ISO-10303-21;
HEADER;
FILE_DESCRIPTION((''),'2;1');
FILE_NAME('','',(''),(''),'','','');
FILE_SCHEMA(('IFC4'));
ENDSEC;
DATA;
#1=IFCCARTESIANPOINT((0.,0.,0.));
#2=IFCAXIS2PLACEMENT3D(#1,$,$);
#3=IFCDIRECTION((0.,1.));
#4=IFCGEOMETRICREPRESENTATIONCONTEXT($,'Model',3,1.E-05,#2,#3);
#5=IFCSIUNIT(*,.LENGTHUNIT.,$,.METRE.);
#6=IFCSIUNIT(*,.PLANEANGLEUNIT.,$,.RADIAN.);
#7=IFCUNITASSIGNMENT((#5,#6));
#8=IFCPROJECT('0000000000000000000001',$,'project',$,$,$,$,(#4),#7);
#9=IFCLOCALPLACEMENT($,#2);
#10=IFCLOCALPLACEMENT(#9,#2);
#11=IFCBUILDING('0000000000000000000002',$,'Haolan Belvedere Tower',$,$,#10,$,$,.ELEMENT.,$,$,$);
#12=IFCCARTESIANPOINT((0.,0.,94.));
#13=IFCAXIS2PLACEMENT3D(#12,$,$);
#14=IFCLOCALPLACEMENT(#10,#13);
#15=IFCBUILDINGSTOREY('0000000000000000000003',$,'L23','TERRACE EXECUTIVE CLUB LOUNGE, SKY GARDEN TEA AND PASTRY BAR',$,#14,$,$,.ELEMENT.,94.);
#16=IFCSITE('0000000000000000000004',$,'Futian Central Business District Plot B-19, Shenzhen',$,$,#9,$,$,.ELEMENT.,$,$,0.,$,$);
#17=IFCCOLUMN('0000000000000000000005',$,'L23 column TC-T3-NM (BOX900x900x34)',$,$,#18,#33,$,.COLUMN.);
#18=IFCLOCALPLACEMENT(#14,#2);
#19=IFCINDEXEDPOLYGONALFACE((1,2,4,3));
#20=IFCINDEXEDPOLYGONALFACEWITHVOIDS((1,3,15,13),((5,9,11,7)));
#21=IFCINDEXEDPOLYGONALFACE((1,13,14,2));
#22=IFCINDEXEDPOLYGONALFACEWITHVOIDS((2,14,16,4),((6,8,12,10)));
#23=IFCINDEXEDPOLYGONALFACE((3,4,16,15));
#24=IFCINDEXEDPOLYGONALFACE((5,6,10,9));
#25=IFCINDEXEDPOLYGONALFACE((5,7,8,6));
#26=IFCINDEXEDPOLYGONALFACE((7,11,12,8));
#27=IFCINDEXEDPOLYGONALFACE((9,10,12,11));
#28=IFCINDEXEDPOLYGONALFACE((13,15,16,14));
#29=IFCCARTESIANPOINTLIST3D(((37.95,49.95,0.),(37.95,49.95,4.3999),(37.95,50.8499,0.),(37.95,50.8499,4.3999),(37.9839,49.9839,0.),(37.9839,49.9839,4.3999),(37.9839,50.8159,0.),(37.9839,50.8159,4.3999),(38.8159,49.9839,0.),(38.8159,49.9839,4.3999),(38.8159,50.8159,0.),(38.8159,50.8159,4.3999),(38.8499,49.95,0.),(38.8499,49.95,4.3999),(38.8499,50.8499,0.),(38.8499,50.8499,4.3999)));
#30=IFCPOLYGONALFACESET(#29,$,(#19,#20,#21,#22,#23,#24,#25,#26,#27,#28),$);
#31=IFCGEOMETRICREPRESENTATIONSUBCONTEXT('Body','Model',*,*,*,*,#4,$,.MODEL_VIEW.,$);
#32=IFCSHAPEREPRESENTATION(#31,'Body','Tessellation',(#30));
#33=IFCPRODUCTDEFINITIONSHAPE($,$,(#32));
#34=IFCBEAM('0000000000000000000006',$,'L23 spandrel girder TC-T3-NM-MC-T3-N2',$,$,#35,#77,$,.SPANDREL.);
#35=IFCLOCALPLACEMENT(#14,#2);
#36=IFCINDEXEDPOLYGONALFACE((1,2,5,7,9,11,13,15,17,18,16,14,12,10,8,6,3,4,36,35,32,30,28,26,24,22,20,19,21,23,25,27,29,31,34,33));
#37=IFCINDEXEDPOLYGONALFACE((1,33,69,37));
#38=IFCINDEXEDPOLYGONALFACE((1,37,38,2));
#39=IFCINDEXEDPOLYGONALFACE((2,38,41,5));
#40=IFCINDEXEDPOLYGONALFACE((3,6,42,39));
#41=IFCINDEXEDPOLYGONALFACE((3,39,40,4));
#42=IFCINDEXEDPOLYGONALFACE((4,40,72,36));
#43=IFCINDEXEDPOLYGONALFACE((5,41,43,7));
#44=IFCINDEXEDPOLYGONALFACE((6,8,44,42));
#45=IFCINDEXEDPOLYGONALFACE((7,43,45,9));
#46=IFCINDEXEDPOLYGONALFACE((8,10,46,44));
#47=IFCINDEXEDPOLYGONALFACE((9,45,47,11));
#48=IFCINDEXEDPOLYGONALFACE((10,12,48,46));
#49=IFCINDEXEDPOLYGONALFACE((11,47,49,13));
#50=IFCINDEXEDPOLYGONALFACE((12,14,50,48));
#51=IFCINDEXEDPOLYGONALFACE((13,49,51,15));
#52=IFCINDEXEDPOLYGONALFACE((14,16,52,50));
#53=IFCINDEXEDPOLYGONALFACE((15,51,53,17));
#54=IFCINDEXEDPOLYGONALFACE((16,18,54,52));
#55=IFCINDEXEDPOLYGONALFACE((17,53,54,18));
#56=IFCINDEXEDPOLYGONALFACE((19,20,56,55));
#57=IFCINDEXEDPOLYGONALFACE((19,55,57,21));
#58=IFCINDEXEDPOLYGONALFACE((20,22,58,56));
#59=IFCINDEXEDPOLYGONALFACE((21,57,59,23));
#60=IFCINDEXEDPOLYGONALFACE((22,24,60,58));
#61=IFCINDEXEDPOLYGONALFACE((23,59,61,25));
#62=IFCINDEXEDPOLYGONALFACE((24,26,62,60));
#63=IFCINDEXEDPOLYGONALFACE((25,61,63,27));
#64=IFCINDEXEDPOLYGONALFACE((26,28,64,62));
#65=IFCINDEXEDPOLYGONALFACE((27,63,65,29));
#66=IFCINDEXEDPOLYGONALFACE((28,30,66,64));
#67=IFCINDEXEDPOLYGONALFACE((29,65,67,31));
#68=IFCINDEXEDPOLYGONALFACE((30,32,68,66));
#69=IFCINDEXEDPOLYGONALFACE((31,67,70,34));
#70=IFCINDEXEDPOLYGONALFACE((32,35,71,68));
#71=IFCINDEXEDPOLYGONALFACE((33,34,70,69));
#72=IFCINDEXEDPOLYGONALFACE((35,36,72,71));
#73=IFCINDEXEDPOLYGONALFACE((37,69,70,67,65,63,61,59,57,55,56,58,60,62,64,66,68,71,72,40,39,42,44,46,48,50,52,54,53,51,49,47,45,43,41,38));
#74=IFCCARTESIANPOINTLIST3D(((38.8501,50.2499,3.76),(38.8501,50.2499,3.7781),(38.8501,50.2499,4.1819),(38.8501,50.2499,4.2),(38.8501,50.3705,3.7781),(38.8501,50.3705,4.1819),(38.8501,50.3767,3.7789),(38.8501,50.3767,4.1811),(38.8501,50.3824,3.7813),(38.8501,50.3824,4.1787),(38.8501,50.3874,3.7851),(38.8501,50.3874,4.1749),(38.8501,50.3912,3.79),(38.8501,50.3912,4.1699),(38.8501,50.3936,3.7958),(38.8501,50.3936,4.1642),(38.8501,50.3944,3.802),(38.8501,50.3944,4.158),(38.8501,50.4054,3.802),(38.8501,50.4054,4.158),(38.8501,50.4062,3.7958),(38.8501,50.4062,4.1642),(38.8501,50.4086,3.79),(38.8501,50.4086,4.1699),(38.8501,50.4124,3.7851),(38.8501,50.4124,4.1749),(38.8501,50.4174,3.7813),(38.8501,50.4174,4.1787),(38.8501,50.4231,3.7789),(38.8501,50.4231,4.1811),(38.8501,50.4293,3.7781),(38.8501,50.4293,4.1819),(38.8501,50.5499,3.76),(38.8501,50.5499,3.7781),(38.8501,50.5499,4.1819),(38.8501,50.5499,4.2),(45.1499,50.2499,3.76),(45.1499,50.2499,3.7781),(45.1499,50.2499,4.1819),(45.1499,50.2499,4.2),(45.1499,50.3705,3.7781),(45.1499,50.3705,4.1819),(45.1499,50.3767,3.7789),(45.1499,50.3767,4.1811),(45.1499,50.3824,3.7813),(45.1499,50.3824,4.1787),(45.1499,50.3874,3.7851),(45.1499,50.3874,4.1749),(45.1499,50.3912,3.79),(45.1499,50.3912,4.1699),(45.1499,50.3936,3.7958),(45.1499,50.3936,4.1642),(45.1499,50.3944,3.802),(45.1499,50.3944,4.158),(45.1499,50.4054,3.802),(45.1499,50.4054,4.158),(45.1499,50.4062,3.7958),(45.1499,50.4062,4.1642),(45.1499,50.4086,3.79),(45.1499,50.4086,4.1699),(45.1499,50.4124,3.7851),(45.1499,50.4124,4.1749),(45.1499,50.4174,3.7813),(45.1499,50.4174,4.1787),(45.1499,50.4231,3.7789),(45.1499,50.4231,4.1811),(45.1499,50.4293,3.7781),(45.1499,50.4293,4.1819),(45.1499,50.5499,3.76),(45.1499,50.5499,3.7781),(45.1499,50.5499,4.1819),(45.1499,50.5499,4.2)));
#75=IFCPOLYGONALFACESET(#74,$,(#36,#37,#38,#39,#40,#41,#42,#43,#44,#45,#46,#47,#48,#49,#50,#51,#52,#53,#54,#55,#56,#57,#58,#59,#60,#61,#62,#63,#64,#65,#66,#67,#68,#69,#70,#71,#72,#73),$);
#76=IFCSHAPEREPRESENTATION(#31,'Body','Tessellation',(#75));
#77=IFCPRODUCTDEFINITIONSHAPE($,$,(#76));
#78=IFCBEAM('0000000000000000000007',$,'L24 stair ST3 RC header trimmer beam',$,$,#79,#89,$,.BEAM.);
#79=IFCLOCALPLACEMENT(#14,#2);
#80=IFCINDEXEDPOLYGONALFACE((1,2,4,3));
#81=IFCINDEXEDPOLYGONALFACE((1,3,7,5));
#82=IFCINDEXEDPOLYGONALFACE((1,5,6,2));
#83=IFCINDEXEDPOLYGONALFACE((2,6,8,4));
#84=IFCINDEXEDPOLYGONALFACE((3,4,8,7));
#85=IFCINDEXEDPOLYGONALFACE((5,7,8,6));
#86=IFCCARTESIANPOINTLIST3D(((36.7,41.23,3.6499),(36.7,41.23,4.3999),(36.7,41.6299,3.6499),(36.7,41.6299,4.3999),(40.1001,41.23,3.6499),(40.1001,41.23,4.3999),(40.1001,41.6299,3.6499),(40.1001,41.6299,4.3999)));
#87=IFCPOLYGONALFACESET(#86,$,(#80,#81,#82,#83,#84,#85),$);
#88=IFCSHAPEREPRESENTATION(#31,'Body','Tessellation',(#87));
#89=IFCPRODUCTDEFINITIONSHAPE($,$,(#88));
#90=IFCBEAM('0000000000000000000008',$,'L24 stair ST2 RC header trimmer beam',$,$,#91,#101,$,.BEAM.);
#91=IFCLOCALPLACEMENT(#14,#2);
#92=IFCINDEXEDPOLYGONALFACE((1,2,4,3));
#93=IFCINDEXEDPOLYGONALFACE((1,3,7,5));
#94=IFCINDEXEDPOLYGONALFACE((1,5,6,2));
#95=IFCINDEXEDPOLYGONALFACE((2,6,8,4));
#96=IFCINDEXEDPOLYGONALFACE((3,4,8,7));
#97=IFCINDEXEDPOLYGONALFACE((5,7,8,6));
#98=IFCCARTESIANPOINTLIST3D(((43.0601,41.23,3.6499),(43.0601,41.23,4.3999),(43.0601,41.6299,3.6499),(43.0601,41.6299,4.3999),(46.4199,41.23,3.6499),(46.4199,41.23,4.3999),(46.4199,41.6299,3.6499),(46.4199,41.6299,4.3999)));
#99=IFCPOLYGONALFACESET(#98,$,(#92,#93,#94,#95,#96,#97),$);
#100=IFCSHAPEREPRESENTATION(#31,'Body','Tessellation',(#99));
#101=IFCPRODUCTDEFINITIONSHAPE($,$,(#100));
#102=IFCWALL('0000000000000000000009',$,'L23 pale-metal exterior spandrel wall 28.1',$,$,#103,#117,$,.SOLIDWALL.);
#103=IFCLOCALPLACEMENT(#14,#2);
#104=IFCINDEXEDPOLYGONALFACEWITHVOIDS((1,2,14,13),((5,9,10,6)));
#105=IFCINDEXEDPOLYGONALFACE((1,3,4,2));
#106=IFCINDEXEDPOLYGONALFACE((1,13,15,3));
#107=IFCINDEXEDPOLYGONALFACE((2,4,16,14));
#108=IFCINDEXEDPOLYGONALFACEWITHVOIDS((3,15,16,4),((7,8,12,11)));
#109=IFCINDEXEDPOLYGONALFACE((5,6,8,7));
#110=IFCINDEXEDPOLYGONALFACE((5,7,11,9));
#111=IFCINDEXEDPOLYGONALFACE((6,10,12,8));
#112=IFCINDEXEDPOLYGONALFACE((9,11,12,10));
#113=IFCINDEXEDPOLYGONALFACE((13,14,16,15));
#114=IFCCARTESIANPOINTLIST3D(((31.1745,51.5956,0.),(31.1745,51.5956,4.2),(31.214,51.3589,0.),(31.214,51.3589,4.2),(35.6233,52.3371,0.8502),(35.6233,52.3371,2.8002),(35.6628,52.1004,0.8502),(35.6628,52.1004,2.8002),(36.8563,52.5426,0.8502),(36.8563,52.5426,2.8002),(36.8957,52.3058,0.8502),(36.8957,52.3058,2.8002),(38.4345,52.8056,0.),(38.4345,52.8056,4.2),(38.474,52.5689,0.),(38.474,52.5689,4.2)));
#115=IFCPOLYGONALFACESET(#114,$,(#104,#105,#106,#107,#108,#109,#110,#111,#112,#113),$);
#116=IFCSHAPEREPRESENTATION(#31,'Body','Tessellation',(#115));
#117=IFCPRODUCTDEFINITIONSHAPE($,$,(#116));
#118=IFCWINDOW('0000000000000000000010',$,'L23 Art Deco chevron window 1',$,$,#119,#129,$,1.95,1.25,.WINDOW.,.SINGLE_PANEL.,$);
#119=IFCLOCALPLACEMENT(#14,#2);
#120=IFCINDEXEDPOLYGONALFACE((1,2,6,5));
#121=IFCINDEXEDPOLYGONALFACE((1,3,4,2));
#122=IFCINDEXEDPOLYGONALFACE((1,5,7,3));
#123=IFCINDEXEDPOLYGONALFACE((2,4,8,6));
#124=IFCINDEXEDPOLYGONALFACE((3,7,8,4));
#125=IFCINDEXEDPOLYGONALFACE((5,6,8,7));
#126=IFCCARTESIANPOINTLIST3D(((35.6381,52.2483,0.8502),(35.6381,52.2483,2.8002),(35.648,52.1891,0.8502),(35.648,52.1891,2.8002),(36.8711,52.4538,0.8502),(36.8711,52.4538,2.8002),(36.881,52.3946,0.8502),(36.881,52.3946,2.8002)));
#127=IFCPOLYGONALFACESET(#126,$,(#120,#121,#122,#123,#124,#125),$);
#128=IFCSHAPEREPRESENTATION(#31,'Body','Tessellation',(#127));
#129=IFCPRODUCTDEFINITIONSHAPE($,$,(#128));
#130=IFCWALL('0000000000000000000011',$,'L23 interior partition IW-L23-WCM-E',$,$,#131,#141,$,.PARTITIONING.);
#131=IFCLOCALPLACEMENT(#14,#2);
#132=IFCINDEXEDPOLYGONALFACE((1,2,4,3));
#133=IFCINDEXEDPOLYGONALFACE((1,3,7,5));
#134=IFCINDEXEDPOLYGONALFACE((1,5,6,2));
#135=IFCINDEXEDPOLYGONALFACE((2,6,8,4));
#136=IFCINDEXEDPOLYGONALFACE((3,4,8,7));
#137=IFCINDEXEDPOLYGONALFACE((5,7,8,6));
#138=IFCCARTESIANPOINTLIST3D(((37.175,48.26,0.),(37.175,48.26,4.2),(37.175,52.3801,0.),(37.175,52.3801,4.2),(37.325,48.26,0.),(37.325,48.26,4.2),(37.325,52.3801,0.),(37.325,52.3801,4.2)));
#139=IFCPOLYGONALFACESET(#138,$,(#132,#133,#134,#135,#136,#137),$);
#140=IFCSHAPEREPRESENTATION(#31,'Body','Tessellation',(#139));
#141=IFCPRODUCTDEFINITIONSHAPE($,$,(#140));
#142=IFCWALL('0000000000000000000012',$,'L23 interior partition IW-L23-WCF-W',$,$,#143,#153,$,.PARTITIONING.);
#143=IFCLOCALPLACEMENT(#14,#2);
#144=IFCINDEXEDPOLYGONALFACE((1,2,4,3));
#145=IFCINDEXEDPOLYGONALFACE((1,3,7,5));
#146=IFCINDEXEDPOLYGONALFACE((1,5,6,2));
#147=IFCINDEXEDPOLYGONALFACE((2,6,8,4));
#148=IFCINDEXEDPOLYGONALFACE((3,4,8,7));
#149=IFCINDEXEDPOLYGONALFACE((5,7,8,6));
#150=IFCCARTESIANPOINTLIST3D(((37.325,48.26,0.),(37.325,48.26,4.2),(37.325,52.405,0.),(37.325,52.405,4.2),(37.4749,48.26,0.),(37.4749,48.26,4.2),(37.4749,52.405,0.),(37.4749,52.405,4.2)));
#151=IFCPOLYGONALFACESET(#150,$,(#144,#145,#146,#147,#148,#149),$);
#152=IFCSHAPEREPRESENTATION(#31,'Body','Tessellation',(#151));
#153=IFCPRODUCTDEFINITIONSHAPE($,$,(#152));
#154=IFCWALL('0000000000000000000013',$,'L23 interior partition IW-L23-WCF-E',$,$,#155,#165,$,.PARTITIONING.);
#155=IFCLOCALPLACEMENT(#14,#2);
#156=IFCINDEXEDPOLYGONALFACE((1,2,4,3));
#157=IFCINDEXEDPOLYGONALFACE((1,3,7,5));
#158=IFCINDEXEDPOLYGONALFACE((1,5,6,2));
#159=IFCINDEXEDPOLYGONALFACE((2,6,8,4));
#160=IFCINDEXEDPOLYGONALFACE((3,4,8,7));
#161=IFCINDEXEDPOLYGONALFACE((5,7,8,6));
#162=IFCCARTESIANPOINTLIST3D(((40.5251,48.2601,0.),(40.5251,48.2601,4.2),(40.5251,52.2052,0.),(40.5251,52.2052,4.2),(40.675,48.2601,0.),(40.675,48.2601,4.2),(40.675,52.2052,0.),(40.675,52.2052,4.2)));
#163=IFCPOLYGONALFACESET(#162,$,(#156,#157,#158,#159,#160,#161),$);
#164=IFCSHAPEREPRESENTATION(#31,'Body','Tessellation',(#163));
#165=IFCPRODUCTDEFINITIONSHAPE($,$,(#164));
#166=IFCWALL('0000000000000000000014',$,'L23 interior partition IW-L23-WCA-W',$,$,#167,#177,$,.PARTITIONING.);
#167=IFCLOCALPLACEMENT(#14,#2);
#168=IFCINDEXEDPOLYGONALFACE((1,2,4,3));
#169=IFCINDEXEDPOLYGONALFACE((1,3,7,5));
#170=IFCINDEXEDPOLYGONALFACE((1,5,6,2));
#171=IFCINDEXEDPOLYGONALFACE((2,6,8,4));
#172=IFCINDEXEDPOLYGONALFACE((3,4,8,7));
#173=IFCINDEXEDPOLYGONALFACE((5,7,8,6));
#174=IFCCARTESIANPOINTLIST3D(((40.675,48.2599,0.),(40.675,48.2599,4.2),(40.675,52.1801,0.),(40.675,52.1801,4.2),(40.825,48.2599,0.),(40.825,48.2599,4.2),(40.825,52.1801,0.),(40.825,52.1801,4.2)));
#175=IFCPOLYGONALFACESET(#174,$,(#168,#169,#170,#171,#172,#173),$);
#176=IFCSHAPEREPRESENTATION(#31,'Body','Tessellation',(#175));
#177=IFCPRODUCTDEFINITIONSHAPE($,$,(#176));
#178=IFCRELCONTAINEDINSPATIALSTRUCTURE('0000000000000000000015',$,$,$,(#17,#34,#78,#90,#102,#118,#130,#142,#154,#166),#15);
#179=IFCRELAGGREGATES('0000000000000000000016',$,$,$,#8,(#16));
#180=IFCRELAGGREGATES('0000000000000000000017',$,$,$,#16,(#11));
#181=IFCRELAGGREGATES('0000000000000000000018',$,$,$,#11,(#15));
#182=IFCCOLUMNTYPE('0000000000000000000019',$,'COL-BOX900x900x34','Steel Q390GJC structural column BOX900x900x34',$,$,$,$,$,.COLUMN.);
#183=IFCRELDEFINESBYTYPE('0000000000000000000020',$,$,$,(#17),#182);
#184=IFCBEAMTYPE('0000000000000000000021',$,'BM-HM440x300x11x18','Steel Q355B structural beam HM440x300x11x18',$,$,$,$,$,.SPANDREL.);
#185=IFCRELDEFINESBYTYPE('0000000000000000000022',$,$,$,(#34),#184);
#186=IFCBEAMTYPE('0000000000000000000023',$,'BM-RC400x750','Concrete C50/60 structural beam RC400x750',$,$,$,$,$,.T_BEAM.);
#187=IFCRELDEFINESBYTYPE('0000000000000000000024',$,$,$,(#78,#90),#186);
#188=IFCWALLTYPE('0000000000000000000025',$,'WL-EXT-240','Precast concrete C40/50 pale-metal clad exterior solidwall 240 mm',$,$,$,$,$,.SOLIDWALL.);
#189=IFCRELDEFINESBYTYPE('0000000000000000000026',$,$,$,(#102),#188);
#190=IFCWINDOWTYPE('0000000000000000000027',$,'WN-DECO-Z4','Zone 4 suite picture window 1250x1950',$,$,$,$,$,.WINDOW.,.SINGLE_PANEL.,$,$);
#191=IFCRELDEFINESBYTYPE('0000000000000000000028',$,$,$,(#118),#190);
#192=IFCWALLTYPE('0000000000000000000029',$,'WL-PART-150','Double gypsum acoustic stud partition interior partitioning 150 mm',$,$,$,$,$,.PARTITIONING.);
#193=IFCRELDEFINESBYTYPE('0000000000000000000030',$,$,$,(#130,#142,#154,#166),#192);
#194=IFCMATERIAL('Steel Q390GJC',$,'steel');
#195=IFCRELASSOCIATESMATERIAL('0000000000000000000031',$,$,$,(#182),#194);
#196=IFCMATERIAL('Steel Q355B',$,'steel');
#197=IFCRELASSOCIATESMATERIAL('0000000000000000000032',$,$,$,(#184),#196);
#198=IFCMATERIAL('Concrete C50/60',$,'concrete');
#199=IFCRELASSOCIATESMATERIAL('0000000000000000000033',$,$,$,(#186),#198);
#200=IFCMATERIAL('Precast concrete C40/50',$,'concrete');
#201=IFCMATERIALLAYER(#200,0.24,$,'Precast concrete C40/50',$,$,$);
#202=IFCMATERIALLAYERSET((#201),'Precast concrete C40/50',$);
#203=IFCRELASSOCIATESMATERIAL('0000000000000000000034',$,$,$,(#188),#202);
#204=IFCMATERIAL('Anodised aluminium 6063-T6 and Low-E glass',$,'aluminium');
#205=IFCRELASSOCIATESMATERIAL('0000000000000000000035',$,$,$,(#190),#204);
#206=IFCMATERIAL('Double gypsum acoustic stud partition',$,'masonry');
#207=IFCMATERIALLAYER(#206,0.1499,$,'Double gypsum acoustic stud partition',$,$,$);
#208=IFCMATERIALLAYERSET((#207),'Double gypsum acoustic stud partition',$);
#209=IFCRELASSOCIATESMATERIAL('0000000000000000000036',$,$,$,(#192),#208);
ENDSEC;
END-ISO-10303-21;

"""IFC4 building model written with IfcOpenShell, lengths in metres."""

from ifc_helpers import new_model, si_unit, direction, frame, frame_2d, origin, origin_2d, place, context, subcontext, project, spatial, rectangle, hollow_rectangle, i_section, extrude, material, layer, layer_set, material_profile, profile_set, type_object, element, fill, save


model = new_model("IFC4")

# Units and contexts
model_context = context("Model", 3, precision=1e-05, world=origin(), true_north=direction((0.0, 1.0)))
body_context = subcontext(model_context, "Body", "Model", "MODEL_VIEW")
ifc_project = project(units=[si_unit("LENGTHUNIT", "METRE"), si_unit("PLANEANGLEUNIT", "RADIAN")], contexts=[model_context])

# Site, building, storey
site_placement = place(None, origin())
site = spatial("IfcSite", under=ifc_project, at=site_placement, Name="Futian Central Business District Plot B-19, Shenzhen", CompositionType="ELEMENT", RefElevation=0.0)
building_placement = place(site_placement, origin())
building = spatial("IfcBuilding", under=site, at=building_placement, Name="Haolan Belvedere Tower", CompositionType="ELEMENT")
storey_placement = place(building_placement, frame((0.0, 0.0, 94.0)))
storey = spatial("IfcBuildingStorey", under=building, at=storey_placement, Name="L23", Description="TERRACE EXECUTIVE CLUB LOUNGE, SKY GARDEN TEA AND PASTRY BAR", CompositionType="ELEMENT", Elevation=94.0)

# Column
ifc_material_1 = material(Name="Steel Q390GJC", Category="steel")
ifc_material_profile_1 = material_profile(ifc_material_1, hollow_rectangle(XDim=0.8999, YDim=0.8999, WallThickness=0.0339, at=origin_2d()), Name="Steel Q390GJC")
ifc_profile_set_1 = profile_set([ifc_material_profile_1], Name="Steel Q390GJC")
column_type = type_object("IfcColumnType", Name="COL-BOX900x900x34", Description="Steel Q390GJC structural column BOX900x900x34", PredefinedType="COLUMN", material=ifc_profile_set_1)
column_placement = place(storey_placement, frame((38.3999, 50.3999, 0.0), z_axis=(0.0, 0.0, 1.0), x_axis=(1.0, 0.0, 0.0)))
element("IfcColumn", 1, at=column_placement, inside=storey, type_object=column_type, Name="L23 column TC-T3-NM (BOX900x900x34)", PredefinedType="COLUMN", context=body_context, shape_type="SweptSolid", body=[
    extrude(hollow_rectangle(XDim=0.8999, YDim=0.8999, WallThickness=0.0339, at=origin_2d()), origin(), (0.0, 0.0, 1.0), 4.3999),
])

# Beams
ifc_material_2 = material(Name="Steel Q355B", Category="steel")
ifc_material_profile_2 = material_profile(ifc_material_2, i_section(OverallWidth=0.3, OverallDepth=0.4399, WebThickness=0.011, FlangeThickness=0.0181, FilletRadius=0.0239, at=origin_2d()), Name="Steel Q355B")
ifc_profile_set_2 = profile_set([ifc_material_profile_2], Name="Steel Q355B")
beam_type_1 = type_object("IfcBeamType", Name="BM-HM440x300x11x18", Description="Steel Q355B structural beam HM440x300x11x18", PredefinedType="SPANDREL", material=ifc_profile_set_2)
beam_1_placement = place(storey_placement, frame((38.8501, 50.3999, 3.98), z_axis=(1.0, 0.0, 0.0), x_axis=(0.0, 1.0, 0.0)))
element("IfcBeam", 2, at=beam_1_placement, inside=storey, type_object=beam_type_1, Name="L23 spandrel girder TC-T3-NM-MC-T3-N2", PredefinedType="SPANDREL", context=body_context, shape_type="SweptSolid", body=[
    extrude(i_section(OverallWidth=0.3, OverallDepth=0.4399, WebThickness=0.011, FlangeThickness=0.0181, FilletRadius=0.0239, at=origin_2d()), origin(), (0.0, 0.0, 1.0), 6.2998),
])
ifc_material_3 = material(Name="Concrete C50/60", Category="concrete")
ifc_material_profile_3 = material_profile(ifc_material_3, rectangle(XDim=0.3999, YDim=0.75, at=origin_2d()), Name="Concrete C50/60")
ifc_profile_set_3 = profile_set([ifc_material_profile_3], Name="Concrete C50/60")
beam_type_2 = type_object("IfcBeamType", Name="BM-RC400x750", Description="Concrete C50/60 structural beam RC400x750", PredefinedType="T_BEAM", material=ifc_profile_set_3)
beam_2_placement = place(storey_placement, frame((36.7, 41.4299, 4.0249), z_axis=(1.0, 0.0, 0.0), x_axis=(0.0, 1.0, 0.0)))
element("IfcBeam", 3, at=beam_2_placement, inside=storey, type_object=beam_type_2, Name="L24 stair ST3 RC header trimmer beam", PredefinedType="BEAM", context=body_context, shape_type="SweptSolid", body=[
    extrude(rectangle(XDim=0.3999, YDim=0.75, at=origin_2d()), origin(), (0.0, 0.0, 1.0), 3.4001),
])
beam_3_placement = place(storey_placement, frame((43.0601, 41.4299, 4.0249), z_axis=(1.0, 0.0, 0.0), x_axis=(0.0, 1.0, 0.0)))
element("IfcBeam", 4, at=beam_3_placement, inside=storey, type_object=beam_type_2, Name="L24 stair ST2 RC header trimmer beam", PredefinedType="BEAM", context=body_context, shape_type="SweptSolid", body=[
    extrude(rectangle(XDim=0.3999, YDim=0.75, at=origin_2d()), origin(), (0.0, 0.0, 1.0), 3.3599),
])

# Wall, opening, window
ifc_material_4 = material(Name="Precast concrete C40/50", Category="concrete")
ifc_layer_1 = layer(ifc_material_4, 0.24, Name="Precast concrete C40/50")
ifc_layer_set_1 = layer_set([ifc_layer_1], Name="Precast concrete C40/50")
wall_type_1 = type_object("IfcWallType", Name="WL-EXT-240", Description="Precast concrete C40/50 pale-metal clad exterior solidwall 240 mm", PredefinedType="SOLIDWALL", material=ifc_layer_set_1)
wall_1_placement = place(storey_placement, frame((38.4543, 52.6873, 0.0), z_axis=(0.0, 0.0, 1.0), x_axis=(-0.986395, -0.164394, 0.0)))
wall_1 = element("IfcWall", 5, at=wall_1_placement, inside=storey, type_object=wall_type_1, Name="L23 pale-metal exterior spandrel wall 28.1", PredefinedType="SOLIDWALL", context=body_context, shape_type="SweptSolid", body=[
    extrude(rectangle(XDim=7.3601, YDim=0.24, at=frame_2d((3.6802, 0.0))), origin(), (0.0, 0.0, 1.0), 4.2),
])
opening_1_placement = place(wall_1_placement, frame((1.6001, 0.0, 0.8501)))
opening_1 = element("IfcOpeningElement", 6, at=opening_1_placement, cuts=wall_1, PredefinedType="OPENING", context=body_context, shape_type="SweptSolid", body=[
    extrude(rectangle(XDim=1.25, YDim=1.95, at=frame_2d((0.625, 0.9751))), frame((0.0, 0.1299, 0.0), z_axis=(0.0, -1.0, 0.0), x_axis=(1.0, 0.0, 0.0)), (0.0, 0.0, 1.0), 0.26),
])
ifc_material_5 = material(Name="Anodised aluminium 6063-T6 and Low-E glass", Category="aluminium")
window_type = type_object("IfcWindowType", Name="WN-DECO-Z4", Description="Zone 4 suite picture window 1250x1950", PartitioningType="SINGLE_PANEL", PredefinedType="WINDOW", material=ifc_material_5)
window_placement = place(opening_1_placement, origin())
window = element("IfcWindow", 7, at=window_placement, inside=storey, type_object=window_type, Name="L23 Art Deco chevron window 1", OverallHeight=1.95, OverallWidth=1.25, PartitioningType="SINGLE_PANEL", PredefinedType="WINDOW", context=body_context, shape_type="SweptSolid", body=[
    extrude(rectangle(XDim=1.25, YDim=1.95, at=frame_2d((0.625, 0.9751))), frame((0.0, 0.03, 0.0), z_axis=(0.0, -1.0, 0.0), x_axis=(1.0, 0.0, 0.0)), (0.0, 0.0, 1.0), 0.0601),
])
fill(opening_1, window)

# Wall
ifc_material_6 = material(Name="Double gypsum acoustic stud partition", Category="masonry")
ifc_layer_2 = layer(ifc_material_6, 0.1499, Name="Double gypsum acoustic stud partition")
ifc_layer_set_2 = layer_set([ifc_layer_2], Name="Double gypsum acoustic stud partition")
wall_type_2 = type_object("IfcWallType", Name="WL-PART-150", Description="Double gypsum acoustic stud partition interior partitioning 150 mm", PredefinedType="PARTITIONING", material=ifc_layer_set_2)
wall_2_placement = place(storey_placement, frame((37.25, 48.26, 0.0), z_axis=(0.0, 0.0, 1.0), x_axis=(0.0, 1.0, 0.0)))
element("IfcWall", 8, at=wall_2_placement, inside=storey, type_object=wall_type_2, Name="L23 interior partition IW-L23-WCM-E", PredefinedType="PARTITIONING", context=body_context, shape_type="SweptSolid", body=[
    extrude(rectangle(XDim=4.1201, YDim=0.1499, at=frame_2d((2.0601, 0.0))), origin(), (0.0, 0.0, 1.0), 4.2),
])

# Walls
wall_3_placement = place(storey_placement, frame((37.3999, 48.26, 0.0), z_axis=(0.0, 0.0, 1.0), x_axis=(0.0, 1.0, 0.0)))
element("IfcWall", 9, at=wall_3_placement, inside=storey, type_object=wall_type_2, Name="L23 interior partition IW-L23-WCF-W", PredefinedType="PARTITIONING", context=body_context, shape_type="SweptSolid", body=[
    extrude(rectangle(XDim=4.145, YDim=0.1499, at=frame_2d((2.0725, 0.0))), origin(), (0.0, 0.0, 1.0), 4.2),
])
wall_4_placement = place(storey_placement, frame((40.6001, 48.26, 0.0), z_axis=(0.0, 0.0, 1.0), x_axis=(0.0, 1.0, 0.0)))
element("IfcWall", 10, at=wall_4_placement, inside=storey, type_object=wall_type_2, Name="L23 interior partition IW-L23-WCF-E", PredefinedType="PARTITIONING", context=body_context, shape_type="SweptSolid", body=[
    extrude(rectangle(XDim=3.9451, YDim=0.1499, at=frame_2d((1.9727, 0.0))), origin(), (0.0, 0.0, 1.0), 4.2),
])

# Wall
wall_5_placement = place(storey_placement, frame((40.75, 48.26, 0.0), z_axis=(0.0, 0.0, 1.0), x_axis=(0.0, 1.0, 0.0)))
element("IfcWall", 11, at=wall_5_placement, inside=storey, type_object=wall_type_2, Name="L23 interior partition IW-L23-WCA-W", PredefinedType="PARTITIONING", context=body_context, shape_type="SweptSolid", body=[
    extrude(rectangle(XDim=3.9202, YDim=0.1499, at=frame_2d((1.96, 0.0))), origin(), (0.0, 0.0, 1.0), 4.2),
])

save(model, "model.ifc")
